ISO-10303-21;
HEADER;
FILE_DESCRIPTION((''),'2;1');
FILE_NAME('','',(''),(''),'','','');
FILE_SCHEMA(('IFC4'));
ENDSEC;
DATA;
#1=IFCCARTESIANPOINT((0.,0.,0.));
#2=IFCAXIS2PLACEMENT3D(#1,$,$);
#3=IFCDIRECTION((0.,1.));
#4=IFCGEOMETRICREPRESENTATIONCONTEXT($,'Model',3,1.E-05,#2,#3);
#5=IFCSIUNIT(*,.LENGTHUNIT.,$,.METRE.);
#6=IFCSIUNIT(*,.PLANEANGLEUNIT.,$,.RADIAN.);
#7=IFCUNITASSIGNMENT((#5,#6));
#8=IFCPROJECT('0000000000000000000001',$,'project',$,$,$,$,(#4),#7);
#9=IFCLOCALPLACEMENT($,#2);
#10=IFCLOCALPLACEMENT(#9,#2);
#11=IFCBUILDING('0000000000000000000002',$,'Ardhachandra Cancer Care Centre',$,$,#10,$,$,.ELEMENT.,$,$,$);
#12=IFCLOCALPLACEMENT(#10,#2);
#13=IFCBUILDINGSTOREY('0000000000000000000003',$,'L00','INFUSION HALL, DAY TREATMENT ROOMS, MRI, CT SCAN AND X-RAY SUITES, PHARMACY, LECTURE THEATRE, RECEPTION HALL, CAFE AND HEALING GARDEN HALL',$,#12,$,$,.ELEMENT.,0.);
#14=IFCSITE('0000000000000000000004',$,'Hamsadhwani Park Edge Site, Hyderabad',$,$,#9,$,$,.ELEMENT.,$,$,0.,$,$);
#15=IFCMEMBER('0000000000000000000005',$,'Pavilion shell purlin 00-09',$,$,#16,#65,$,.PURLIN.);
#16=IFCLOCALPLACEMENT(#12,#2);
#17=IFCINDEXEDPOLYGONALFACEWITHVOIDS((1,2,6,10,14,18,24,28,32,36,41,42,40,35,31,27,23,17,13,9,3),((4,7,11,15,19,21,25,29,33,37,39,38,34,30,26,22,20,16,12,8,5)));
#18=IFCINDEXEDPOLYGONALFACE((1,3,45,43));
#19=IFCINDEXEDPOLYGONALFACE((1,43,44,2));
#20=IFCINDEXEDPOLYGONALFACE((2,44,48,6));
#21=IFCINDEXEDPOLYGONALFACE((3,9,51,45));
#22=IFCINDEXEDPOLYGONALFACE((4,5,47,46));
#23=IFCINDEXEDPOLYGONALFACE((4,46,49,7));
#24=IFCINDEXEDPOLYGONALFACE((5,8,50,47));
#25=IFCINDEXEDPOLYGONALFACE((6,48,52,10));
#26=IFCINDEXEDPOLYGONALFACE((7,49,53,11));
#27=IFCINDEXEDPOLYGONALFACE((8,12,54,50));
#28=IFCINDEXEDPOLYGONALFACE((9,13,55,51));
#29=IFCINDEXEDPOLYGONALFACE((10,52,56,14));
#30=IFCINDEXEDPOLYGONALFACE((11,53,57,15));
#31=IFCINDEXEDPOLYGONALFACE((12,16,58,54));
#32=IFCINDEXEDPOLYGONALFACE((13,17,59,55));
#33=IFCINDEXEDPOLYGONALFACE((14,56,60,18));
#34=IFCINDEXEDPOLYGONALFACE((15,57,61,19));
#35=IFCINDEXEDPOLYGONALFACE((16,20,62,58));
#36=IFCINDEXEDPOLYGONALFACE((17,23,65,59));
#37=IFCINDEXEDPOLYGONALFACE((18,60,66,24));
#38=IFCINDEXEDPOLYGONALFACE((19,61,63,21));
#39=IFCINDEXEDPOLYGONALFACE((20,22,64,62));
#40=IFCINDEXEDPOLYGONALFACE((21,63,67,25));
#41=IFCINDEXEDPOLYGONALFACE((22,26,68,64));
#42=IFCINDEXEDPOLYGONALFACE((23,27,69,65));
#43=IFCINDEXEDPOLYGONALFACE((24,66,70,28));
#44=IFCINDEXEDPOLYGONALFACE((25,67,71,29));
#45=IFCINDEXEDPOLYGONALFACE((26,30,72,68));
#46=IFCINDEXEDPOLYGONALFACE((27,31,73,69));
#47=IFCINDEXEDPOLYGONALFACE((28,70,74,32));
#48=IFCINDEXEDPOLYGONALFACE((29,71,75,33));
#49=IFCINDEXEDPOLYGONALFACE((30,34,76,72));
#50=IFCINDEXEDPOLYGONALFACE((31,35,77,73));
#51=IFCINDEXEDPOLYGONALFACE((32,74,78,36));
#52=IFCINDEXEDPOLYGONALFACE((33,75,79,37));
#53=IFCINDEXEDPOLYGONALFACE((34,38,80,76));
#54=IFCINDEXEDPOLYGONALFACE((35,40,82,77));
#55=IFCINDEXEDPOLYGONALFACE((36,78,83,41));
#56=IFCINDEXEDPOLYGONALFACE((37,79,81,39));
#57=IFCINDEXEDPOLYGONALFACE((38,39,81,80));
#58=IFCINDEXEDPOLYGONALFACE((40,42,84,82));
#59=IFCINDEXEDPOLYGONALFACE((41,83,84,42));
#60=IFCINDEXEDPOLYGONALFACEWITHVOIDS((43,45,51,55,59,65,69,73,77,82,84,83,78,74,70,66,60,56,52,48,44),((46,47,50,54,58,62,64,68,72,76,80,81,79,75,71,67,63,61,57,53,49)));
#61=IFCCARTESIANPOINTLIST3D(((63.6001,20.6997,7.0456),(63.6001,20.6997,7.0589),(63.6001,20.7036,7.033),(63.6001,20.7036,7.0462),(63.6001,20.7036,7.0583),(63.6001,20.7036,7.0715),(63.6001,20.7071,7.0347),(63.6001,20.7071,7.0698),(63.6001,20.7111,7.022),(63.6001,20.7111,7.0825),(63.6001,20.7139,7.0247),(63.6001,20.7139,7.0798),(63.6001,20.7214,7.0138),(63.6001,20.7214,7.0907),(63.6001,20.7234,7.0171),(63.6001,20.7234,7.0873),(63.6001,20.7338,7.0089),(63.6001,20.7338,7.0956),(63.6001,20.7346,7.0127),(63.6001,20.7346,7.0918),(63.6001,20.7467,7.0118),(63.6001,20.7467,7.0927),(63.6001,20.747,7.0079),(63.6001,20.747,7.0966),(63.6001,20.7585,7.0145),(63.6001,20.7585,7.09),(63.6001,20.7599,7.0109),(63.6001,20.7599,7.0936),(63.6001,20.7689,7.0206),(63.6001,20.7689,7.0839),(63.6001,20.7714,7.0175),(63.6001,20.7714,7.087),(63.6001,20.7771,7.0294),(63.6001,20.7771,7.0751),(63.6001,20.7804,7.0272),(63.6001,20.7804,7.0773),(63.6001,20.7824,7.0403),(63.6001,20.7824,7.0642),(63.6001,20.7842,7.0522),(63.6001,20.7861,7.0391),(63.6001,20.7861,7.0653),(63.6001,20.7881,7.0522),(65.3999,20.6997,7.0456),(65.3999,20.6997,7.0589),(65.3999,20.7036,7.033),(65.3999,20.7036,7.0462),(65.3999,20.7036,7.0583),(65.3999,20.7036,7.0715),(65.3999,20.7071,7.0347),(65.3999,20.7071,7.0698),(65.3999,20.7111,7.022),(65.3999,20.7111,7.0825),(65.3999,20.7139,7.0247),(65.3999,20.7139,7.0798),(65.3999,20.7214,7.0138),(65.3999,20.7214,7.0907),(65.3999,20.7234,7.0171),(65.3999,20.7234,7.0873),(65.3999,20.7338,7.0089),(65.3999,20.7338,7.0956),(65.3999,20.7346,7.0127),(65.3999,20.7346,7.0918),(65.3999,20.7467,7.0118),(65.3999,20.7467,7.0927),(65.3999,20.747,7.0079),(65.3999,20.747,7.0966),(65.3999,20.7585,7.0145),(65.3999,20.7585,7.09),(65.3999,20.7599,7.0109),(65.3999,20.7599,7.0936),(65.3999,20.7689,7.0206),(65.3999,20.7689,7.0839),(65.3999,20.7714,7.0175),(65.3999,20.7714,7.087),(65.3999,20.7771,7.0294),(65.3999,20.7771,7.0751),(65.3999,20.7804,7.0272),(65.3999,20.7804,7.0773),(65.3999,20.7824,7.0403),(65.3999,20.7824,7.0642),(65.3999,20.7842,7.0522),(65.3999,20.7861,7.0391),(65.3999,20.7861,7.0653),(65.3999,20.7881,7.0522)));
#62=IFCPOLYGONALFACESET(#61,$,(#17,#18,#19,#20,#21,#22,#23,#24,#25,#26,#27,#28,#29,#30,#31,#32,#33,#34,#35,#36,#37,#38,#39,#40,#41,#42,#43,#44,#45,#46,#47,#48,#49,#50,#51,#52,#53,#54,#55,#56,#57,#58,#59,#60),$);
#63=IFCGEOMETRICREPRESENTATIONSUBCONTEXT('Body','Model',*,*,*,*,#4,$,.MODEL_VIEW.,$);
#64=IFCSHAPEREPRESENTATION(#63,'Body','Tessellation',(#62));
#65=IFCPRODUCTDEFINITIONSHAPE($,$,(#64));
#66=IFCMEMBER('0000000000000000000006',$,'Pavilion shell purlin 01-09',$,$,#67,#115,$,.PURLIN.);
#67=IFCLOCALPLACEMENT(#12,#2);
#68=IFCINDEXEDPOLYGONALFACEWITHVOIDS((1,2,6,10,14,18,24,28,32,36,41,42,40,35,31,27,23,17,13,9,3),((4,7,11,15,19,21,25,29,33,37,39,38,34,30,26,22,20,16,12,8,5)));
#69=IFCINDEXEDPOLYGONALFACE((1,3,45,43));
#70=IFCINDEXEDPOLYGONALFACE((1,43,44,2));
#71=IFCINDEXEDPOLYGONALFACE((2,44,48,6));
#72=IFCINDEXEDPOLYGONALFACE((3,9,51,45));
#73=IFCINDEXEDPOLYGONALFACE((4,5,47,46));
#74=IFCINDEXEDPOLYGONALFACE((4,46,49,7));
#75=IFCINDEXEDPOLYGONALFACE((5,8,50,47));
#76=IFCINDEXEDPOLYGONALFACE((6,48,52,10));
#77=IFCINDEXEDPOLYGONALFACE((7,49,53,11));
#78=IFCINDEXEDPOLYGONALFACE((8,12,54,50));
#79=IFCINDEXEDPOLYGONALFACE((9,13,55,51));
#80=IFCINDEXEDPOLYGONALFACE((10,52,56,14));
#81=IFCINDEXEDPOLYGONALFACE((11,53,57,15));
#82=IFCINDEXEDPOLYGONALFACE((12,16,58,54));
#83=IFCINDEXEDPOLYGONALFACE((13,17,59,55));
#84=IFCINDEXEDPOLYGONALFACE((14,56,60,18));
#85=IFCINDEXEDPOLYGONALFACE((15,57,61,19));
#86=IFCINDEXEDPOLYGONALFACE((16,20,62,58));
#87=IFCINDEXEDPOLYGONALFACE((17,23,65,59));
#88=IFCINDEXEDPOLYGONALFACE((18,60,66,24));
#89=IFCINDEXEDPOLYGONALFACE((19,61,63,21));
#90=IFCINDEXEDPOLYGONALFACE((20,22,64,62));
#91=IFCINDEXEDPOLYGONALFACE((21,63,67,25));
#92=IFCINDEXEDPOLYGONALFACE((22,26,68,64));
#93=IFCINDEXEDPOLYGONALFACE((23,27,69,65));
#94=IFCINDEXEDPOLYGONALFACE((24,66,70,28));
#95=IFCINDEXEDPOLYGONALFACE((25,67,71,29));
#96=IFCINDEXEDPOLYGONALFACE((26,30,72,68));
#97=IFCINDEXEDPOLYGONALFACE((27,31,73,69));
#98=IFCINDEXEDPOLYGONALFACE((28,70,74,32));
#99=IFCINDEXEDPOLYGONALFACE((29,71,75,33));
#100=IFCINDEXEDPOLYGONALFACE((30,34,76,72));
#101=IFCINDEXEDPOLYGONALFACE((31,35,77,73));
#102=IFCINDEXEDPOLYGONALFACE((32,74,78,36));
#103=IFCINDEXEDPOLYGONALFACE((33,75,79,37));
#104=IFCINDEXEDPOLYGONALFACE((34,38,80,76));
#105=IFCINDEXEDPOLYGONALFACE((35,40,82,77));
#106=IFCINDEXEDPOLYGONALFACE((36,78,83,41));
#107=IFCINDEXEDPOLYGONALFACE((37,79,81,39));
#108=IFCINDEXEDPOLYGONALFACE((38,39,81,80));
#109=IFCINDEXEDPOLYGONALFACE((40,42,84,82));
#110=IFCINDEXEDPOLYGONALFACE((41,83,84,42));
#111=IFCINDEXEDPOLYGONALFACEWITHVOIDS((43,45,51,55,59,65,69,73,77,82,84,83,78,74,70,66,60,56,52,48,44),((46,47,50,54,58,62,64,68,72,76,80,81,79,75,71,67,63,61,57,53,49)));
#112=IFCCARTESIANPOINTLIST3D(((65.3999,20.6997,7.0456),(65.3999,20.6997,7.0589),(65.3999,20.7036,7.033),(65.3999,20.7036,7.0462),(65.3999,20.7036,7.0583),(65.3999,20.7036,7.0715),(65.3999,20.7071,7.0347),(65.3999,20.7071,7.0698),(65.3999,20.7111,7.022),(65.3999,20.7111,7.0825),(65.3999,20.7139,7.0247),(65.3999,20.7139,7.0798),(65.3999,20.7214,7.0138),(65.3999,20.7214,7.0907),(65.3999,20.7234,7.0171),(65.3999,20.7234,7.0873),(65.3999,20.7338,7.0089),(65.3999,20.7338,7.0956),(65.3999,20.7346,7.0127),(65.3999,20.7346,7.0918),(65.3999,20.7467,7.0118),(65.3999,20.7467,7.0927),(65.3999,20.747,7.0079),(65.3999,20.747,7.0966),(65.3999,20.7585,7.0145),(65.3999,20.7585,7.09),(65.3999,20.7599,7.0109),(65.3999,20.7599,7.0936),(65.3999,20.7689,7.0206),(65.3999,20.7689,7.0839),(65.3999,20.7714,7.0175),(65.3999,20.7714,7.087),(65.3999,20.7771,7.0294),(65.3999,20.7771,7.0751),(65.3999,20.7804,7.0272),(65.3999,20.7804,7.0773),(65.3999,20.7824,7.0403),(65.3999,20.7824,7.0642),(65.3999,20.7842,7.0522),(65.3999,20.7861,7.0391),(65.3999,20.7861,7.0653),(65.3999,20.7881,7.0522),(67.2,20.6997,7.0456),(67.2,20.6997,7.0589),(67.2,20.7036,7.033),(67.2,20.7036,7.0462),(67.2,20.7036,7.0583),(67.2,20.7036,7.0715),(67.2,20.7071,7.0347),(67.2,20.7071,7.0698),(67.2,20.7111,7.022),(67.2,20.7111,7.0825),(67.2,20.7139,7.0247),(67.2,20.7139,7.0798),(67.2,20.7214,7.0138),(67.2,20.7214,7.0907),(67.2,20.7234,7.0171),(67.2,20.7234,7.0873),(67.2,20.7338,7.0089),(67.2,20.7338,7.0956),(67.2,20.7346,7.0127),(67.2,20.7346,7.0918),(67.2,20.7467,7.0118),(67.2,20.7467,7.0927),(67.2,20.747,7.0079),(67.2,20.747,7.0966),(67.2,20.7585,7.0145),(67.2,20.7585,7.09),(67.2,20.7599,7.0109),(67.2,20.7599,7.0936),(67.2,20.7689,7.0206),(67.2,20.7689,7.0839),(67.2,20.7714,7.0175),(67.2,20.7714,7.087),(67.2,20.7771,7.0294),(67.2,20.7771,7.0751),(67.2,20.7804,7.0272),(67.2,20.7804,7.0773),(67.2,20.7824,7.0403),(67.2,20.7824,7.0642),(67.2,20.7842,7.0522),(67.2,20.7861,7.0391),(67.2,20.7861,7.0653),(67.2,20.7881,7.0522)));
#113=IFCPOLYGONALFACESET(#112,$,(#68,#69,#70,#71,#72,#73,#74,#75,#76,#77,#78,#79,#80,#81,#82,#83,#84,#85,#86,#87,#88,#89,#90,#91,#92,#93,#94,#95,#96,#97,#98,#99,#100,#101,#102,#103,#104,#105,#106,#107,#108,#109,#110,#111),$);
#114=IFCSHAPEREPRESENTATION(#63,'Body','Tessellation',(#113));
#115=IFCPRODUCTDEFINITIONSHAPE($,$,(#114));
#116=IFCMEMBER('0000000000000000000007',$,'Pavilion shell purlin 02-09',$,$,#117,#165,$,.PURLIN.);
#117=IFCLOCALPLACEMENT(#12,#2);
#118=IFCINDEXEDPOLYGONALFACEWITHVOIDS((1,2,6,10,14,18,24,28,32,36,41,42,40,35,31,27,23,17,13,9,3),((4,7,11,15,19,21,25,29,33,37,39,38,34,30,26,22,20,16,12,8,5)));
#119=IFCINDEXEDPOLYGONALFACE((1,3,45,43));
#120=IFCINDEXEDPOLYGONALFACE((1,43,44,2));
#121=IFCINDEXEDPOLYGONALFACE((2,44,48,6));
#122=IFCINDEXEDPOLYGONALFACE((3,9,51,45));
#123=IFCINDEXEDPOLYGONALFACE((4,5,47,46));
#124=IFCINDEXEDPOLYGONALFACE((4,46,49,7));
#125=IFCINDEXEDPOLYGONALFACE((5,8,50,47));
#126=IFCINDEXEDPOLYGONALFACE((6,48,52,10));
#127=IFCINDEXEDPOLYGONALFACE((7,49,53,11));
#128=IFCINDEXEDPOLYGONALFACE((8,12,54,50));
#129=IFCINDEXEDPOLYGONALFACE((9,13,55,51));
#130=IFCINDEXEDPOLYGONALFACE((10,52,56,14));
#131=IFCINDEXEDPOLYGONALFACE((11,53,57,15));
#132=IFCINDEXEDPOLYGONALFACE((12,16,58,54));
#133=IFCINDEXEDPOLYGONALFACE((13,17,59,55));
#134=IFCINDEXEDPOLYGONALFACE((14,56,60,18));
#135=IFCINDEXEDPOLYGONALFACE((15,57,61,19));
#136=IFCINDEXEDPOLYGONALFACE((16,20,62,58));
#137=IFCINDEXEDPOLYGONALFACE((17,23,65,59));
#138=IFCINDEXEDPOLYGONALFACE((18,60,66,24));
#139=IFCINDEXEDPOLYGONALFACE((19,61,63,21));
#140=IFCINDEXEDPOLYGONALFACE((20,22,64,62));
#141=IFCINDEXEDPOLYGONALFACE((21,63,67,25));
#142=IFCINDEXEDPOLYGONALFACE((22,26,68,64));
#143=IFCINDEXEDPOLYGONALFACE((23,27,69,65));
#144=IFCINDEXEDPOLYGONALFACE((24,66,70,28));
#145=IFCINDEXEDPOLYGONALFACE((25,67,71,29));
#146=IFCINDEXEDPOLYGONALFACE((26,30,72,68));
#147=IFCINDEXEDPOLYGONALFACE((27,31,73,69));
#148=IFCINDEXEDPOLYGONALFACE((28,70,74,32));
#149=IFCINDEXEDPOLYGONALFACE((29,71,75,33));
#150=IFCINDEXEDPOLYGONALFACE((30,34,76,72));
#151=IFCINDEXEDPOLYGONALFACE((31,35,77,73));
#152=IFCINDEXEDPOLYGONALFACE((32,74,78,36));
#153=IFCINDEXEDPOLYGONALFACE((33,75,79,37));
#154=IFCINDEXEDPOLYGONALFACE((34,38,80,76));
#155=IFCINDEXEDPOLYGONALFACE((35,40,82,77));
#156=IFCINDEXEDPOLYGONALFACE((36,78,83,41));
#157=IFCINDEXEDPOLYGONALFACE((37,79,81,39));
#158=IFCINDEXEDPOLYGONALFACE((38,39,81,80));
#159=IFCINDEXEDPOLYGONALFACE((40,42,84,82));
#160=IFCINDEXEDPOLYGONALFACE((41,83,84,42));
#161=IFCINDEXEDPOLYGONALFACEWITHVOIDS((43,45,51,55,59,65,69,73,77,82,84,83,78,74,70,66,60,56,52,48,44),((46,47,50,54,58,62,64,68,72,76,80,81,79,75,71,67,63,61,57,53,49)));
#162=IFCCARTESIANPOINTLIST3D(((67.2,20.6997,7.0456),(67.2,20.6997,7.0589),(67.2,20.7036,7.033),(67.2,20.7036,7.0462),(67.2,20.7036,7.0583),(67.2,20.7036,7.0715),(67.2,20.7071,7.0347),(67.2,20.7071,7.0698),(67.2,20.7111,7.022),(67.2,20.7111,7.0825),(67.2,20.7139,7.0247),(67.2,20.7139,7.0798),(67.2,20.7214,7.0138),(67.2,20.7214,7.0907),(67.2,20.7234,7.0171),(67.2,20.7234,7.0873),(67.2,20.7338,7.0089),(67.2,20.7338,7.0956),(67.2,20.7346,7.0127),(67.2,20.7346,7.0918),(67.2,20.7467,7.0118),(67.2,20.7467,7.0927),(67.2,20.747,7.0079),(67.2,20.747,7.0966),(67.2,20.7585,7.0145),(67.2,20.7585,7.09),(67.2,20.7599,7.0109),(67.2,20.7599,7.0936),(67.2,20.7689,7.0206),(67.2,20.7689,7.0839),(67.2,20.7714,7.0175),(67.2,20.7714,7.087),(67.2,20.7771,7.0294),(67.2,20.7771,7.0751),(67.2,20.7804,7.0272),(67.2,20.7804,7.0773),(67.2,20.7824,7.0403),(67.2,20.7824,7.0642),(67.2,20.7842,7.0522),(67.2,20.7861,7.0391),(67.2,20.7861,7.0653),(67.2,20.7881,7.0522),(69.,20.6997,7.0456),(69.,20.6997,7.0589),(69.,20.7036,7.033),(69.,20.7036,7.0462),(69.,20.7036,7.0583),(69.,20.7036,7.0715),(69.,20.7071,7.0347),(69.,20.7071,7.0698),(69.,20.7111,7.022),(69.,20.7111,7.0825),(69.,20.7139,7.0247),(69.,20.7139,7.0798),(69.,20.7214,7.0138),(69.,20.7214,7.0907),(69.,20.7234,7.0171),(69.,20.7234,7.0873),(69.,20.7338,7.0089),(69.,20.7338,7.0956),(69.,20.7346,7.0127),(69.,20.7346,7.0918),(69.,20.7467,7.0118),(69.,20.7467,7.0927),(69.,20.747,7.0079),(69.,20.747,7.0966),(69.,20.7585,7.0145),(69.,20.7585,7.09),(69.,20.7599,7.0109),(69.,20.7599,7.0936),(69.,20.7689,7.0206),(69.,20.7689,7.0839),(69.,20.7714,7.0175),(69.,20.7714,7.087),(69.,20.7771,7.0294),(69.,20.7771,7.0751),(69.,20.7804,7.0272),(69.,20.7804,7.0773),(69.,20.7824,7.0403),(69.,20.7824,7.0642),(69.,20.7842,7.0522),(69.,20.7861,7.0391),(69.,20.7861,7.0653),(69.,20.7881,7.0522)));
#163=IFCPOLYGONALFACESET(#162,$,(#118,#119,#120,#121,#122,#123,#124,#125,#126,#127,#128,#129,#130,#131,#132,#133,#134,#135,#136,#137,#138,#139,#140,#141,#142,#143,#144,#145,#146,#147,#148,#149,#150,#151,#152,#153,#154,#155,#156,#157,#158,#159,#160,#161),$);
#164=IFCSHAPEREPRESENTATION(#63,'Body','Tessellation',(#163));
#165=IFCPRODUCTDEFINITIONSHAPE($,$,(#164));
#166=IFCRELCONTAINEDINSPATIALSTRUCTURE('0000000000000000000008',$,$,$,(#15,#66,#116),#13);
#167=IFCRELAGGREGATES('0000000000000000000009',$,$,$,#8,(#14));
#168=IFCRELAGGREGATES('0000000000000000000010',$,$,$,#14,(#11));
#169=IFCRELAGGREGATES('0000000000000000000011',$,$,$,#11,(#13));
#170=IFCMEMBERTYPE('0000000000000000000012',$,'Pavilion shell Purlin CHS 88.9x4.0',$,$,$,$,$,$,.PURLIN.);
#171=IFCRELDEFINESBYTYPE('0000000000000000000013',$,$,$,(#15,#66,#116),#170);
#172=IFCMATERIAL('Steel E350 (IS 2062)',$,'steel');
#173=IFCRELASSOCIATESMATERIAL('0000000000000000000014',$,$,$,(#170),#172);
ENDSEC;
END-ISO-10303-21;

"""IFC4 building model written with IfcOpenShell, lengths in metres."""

from ifc_helpers import new_model, si_unit, direction, frame, origin, origin_2d, place, context, subcontext, project, spatial, hollow_circle, extrude, material, material_profile, profile_set, type_object, element, save


model = new_model("IFC4")

# Units and contexts
model_context = context("Model", 3, precision=1e-05, world=origin(), true_north=direction((0.0, 1.0)))
body_context = subcontext(model_context, "Body", "Model", "MODEL_VIEW")
ifc_project = project(units=[si_unit("LENGTHUNIT", "METRE"), si_unit("PLANEANGLEUNIT", "RADIAN")], contexts=[model_context])

# Site, building, storey
site_placement = place(None, origin())
site = spatial("IfcSite", under=ifc_project, at=site_placement, Name="Hamsadhwani Park Edge Site, Hyderabad", CompositionType="ELEMENT", RefElevation=0.0)
building_placement = place(site_placement, origin())
building = spatial("IfcBuilding", under=site, at=building_placement, Name="Ardhachandra Cancer Care Centre", CompositionType="ELEMENT")
storey_placement = place(building_placement, origin())
storey = spatial("IfcBuildingStorey", under=building, at=storey_placement, Name="L00", Description="INFUSION HALL, DAY TREATMENT ROOMS, MRI, CT SCAN AND X-RAY SUITES, PHARMACY, LECTURE THEATRE, RECEPTION HALL, CAFE AND HEALING GARDEN HALL", CompositionType="ELEMENT", Elevation=0.0)

# Members
ifc_material_1 = material(Name="Steel E350 (IS 2062)", Category="steel")
ifc_material_profile_1 = material_profile(ifc_material_1, hollow_circle(Radius=0.0444, WallThickness=0.0039, at=origin_2d()), Name="CHS 88.9x4.0")
ifc_profile_set_1 = profile_set([ifc_material_profile_1], Name="Steel E350 (IS 2062)")
member_type_1 = type_object("IfcMemberType", Name="Pavilion shell Purlin CHS 88.9x4.0", PredefinedType="PURLIN", material=ifc_profile_set_1)
member_1_placement = place(storey_placement, frame((63.6001, 20.7437, 7.0522), z_axis=(1.0, 0.0, 0.0), x_axis=(0.0, 1.0, 0.0)))
element("IfcMember", 1, at=member_1_placement, inside=storey, type_object=member_type_1, Name="Pavilion shell purlin 00-09", PredefinedType="PURLIN", context=body_context, shape_type="SweptSolid", body=[
    extrude(hollow_circle(Radius=0.0444, WallThickness=0.0039, at=origin_2d()), origin(), (0.0, 0.0, 1.0), 1.7998),
])
for number, where, z_axis, x_axis, name in (
    (2, (65.3999, 20.7437, 7.0522), (1.0, 0.0, 0.0), (0.0, 1.0, 0.0), "Pavilion shell purlin 01-09"),
    (3, (67.2, 20.7437, 7.0522), (1.0, 0.0, 0.0), (0.0, 1.0, 0.0), "Pavilion shell purlin 02-09"),
):
    element("IfcMember", number, at=place(storey_placement, frame(where, z_axis=z_axis, x_axis=x_axis)), inside=storey, type_object=member_type_1, Name=name, PredefinedType="PURLIN", context=body_context, shape_type="SweptSolid", body=[
        extrude(hollow_circle(Radius=0.0444, WallThickness=0.0039, at=origin_2d()), origin(), (0.0, 0.0, 1.0), 1.8),
    ])

save(model, "model.ifc")
